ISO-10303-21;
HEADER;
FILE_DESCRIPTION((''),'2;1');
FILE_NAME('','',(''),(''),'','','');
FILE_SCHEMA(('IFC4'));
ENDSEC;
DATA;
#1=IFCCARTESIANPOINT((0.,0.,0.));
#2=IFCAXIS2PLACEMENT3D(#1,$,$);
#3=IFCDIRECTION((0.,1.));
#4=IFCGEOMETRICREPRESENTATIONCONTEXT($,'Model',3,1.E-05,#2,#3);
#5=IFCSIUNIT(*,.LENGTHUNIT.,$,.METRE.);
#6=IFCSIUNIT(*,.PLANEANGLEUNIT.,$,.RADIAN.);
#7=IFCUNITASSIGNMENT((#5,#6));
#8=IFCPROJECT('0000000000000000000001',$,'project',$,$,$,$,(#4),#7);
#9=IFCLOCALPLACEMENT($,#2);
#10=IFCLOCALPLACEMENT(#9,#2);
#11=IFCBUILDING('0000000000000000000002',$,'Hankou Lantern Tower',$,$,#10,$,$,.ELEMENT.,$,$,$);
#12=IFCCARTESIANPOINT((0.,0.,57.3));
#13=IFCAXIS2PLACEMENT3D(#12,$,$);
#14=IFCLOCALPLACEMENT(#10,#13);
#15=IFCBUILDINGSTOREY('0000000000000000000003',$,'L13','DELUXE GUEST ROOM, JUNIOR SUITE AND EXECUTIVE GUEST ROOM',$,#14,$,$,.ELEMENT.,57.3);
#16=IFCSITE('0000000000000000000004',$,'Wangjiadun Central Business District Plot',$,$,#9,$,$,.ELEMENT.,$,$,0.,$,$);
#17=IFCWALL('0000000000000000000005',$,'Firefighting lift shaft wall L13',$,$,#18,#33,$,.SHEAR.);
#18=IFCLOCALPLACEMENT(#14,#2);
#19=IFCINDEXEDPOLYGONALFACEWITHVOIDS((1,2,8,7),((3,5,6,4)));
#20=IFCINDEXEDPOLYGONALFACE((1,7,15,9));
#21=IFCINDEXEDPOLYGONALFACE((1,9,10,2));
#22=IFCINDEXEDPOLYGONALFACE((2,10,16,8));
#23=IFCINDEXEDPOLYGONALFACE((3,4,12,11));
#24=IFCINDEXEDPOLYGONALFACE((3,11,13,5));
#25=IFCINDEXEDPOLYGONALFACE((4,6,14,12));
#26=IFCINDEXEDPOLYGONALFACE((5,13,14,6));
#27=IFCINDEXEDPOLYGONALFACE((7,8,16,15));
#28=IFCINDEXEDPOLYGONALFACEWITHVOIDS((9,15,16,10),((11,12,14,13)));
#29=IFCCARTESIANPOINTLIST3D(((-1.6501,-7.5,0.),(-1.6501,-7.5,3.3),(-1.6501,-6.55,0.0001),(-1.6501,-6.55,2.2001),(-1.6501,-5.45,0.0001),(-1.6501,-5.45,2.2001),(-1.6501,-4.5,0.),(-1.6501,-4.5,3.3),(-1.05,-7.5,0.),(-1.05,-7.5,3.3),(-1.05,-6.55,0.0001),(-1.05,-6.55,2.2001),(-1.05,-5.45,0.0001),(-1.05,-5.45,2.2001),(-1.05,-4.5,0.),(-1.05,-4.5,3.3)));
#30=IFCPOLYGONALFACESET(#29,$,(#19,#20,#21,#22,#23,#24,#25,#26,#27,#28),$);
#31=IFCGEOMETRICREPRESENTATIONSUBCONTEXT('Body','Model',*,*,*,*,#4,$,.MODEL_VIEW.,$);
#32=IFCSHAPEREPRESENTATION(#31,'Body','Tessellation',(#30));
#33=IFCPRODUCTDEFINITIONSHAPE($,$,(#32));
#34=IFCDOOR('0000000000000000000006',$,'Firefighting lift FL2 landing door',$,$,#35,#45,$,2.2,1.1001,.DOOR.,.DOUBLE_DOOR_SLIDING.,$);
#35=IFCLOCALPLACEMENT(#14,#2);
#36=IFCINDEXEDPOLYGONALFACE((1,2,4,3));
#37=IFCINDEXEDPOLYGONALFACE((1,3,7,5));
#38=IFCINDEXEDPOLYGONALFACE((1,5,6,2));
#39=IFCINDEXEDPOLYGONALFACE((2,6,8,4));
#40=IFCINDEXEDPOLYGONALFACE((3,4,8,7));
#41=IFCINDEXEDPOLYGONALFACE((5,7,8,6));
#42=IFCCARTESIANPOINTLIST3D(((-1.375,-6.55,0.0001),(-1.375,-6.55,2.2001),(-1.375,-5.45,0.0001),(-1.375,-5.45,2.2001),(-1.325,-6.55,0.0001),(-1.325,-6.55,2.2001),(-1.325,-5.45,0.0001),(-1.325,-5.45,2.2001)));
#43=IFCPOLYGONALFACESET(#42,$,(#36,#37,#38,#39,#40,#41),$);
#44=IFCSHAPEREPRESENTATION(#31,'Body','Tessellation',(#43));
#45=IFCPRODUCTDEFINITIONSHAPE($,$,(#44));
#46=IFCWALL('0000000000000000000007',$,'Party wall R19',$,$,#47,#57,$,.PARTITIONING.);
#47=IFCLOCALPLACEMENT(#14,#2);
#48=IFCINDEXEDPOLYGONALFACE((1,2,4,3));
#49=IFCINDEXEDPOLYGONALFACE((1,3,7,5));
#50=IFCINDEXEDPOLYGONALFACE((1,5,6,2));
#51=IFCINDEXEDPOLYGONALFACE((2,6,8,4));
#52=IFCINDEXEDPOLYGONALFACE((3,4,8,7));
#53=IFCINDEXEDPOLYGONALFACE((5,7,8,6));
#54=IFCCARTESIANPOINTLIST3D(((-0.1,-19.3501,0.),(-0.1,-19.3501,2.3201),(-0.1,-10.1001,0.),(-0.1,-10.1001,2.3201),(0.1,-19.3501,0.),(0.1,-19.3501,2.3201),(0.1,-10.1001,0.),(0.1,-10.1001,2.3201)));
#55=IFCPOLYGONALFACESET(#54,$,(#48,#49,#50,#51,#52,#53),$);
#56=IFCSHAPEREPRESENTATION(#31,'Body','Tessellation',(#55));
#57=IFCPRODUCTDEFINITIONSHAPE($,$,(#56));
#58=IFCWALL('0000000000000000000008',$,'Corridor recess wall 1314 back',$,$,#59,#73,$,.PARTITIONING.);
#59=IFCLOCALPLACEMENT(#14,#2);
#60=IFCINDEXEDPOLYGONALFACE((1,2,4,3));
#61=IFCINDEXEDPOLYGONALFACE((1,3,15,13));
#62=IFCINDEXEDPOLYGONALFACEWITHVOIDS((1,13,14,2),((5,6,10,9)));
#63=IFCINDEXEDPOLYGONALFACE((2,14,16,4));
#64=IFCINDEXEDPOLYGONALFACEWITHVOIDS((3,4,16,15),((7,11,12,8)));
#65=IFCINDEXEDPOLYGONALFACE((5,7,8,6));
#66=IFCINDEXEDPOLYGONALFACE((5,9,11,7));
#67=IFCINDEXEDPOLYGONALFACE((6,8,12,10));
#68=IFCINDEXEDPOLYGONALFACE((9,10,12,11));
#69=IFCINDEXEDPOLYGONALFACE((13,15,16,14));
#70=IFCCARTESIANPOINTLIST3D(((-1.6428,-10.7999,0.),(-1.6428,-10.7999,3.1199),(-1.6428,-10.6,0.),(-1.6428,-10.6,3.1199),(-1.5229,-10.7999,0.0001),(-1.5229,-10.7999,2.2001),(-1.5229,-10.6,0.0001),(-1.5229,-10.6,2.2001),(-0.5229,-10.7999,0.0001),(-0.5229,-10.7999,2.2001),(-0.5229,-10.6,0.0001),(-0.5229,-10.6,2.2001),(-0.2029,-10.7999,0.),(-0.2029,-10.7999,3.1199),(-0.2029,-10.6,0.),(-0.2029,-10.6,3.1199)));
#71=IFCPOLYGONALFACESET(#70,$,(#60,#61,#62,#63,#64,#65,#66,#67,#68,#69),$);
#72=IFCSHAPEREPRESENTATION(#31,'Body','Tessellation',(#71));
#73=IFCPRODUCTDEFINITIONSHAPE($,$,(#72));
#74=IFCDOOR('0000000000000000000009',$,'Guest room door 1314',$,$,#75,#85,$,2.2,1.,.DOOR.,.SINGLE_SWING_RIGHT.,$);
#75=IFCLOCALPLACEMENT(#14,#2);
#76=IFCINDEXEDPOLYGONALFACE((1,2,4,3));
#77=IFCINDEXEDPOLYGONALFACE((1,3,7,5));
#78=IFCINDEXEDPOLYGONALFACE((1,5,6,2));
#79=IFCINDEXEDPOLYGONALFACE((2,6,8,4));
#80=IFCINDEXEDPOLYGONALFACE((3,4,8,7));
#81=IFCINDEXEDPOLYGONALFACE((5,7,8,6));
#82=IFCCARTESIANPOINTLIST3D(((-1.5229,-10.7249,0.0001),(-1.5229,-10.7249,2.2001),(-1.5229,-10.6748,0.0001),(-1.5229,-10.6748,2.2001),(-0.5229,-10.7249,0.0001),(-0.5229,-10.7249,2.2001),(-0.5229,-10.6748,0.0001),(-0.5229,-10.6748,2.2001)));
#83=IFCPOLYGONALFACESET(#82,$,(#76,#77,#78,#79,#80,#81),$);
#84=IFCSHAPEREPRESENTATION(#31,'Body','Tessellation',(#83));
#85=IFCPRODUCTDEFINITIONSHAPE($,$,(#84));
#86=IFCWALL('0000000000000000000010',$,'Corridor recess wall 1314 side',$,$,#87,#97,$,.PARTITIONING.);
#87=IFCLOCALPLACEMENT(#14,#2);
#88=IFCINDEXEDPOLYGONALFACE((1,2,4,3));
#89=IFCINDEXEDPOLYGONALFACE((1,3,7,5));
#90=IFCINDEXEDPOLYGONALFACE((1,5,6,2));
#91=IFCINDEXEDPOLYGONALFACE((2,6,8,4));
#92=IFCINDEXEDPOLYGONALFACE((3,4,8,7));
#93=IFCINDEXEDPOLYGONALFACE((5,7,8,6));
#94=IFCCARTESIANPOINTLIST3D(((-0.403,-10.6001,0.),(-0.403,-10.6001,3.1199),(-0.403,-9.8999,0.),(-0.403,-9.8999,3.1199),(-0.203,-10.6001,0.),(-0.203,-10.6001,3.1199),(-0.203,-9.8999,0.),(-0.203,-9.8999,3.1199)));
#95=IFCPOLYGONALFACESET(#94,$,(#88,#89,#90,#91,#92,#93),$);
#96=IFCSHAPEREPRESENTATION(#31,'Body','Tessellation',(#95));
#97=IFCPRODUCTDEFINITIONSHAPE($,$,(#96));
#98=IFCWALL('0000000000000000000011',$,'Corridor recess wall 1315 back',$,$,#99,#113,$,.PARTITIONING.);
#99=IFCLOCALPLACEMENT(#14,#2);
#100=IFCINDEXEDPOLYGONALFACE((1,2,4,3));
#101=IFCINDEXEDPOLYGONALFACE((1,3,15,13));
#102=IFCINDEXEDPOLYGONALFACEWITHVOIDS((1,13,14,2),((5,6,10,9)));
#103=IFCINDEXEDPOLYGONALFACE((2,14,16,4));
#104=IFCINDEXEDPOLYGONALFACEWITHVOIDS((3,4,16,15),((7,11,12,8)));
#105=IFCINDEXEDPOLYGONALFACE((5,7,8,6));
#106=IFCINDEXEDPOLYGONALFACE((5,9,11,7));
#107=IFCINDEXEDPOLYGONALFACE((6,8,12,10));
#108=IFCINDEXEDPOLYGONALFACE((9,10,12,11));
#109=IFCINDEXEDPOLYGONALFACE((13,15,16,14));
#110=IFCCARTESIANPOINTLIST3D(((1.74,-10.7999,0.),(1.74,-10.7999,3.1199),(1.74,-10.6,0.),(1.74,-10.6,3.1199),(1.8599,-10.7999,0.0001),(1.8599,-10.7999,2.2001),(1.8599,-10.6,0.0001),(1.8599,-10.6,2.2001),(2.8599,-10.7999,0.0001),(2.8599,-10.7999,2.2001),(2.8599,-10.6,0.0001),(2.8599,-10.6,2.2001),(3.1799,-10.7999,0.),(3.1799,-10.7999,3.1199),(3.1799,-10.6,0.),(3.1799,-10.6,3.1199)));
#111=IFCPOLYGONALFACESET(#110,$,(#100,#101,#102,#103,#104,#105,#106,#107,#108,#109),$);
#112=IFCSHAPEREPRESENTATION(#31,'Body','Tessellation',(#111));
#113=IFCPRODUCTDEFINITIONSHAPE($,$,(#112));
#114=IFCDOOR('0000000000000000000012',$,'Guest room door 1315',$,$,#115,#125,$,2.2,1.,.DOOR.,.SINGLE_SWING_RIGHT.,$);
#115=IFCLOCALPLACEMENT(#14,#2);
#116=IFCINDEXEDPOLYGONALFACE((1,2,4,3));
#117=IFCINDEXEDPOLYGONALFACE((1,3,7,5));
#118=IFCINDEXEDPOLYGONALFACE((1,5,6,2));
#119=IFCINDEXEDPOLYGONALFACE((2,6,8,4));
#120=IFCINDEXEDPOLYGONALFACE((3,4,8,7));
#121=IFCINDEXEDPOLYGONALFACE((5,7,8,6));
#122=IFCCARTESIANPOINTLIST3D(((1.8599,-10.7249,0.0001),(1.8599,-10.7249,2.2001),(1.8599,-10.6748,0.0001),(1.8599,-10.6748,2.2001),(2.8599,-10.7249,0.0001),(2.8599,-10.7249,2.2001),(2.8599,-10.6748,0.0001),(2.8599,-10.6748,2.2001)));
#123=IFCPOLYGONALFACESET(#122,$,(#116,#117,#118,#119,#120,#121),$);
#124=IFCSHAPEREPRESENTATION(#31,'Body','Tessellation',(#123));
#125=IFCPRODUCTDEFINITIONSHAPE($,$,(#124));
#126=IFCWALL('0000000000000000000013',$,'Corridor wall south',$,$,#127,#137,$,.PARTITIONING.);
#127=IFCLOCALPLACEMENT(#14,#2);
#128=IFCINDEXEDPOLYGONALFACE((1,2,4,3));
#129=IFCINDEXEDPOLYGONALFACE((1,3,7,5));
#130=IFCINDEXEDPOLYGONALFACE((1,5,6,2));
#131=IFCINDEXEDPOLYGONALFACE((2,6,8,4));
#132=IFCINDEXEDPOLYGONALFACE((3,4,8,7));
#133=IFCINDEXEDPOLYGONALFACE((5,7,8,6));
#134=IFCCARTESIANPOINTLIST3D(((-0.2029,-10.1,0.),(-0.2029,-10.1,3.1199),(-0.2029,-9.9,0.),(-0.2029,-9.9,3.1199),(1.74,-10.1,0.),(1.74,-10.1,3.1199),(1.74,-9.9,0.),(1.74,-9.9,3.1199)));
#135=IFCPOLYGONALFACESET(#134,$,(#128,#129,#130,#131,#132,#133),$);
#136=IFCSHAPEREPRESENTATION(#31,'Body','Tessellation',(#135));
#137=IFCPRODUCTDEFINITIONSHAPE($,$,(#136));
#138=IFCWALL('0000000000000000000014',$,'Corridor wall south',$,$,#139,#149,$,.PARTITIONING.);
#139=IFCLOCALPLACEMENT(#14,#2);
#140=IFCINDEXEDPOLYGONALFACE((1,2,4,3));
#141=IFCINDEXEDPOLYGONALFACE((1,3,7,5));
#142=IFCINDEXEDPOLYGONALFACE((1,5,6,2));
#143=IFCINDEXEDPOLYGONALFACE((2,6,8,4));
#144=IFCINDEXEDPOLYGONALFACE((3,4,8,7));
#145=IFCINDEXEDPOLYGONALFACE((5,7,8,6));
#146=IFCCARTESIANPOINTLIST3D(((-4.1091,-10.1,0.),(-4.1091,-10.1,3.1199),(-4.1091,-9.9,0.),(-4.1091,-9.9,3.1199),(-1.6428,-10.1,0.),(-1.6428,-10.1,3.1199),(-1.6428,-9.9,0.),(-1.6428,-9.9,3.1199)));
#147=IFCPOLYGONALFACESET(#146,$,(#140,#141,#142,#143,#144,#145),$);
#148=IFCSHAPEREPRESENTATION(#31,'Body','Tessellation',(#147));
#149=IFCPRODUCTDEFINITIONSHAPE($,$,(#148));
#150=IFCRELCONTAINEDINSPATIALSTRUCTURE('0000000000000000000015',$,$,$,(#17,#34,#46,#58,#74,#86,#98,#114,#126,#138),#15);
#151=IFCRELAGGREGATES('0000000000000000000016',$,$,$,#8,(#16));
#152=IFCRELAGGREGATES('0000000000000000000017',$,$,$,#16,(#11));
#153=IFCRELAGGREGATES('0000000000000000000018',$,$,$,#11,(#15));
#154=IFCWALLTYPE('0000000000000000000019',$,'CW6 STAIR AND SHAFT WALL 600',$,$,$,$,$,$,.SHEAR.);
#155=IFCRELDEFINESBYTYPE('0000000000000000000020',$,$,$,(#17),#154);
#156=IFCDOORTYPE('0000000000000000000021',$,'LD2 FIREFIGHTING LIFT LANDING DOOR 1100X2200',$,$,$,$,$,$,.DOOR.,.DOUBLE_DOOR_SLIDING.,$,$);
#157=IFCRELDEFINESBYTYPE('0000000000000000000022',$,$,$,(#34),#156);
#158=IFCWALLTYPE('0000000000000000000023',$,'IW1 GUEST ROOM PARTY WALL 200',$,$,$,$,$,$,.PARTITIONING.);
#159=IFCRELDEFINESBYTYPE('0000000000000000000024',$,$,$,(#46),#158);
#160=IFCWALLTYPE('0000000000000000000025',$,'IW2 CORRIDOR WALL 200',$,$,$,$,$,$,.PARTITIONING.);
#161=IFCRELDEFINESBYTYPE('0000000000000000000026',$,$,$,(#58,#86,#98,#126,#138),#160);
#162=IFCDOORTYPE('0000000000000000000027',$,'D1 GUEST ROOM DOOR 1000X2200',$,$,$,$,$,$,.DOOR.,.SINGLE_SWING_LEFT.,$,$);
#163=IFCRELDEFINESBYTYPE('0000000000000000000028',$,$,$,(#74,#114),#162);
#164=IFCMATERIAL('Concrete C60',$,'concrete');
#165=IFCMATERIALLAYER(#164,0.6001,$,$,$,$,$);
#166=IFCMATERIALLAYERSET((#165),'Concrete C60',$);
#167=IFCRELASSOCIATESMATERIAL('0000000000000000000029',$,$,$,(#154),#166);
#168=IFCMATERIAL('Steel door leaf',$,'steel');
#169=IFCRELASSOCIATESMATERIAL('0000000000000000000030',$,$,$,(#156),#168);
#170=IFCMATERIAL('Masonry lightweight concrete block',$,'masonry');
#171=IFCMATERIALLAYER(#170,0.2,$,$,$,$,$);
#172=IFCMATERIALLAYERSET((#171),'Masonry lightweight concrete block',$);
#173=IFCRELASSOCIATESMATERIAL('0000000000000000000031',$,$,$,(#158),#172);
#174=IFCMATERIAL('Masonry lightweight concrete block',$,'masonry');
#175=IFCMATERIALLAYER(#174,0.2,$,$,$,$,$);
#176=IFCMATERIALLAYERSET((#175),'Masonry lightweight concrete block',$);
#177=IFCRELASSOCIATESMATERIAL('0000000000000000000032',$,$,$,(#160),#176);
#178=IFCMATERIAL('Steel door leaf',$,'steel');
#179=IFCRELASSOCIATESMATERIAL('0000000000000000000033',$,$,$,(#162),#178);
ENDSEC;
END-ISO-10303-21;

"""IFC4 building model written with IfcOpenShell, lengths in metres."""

from ifc_helpers import new_model, si_unit, direction, frame, frame_2d, origin, place, context, subcontext, project, spatial, rectangle, extrude, material, layer, layer_set, type_object, element, fill, save


model = new_model("IFC4")

# Units and contexts
model_context = context("Model", 3, precision=1e-05, world=origin(), true_north=direction((0.0, 1.0)))
body_context = subcontext(model_context, "Body", "Model", "MODEL_VIEW")
ifc_project = project(units=[si_unit("LENGTHUNIT", "METRE"), si_unit("PLANEANGLEUNIT", "RADIAN")], contexts=[model_context])

# Site, building, storey
site_placement = place(None, origin())
site = spatial("IfcSite", under=ifc_project, at=site_placement, Name="Wangjiadun Central Business District Plot", CompositionType="ELEMENT", RefElevation=0.0)
building_placement = place(site_placement, origin())
building = spatial("IfcBuilding", under=site, at=building_placement, Name="Hankou Lantern Tower", CompositionType="ELEMENT")
storey_placement = place(building_placement, frame((0.0, 0.0, 57.3)))
storey = spatial("IfcBuildingStorey", under=building, at=storey_placement, Name="L13", Description="DELUXE GUEST ROOM, JUNIOR SUITE AND EXECUTIVE GUEST ROOM", CompositionType="ELEMENT", Elevation=57.3)

# Wall, opening, door
ifc_material_1 = material(Name="Concrete C60", Category="concrete")
ifc_layer_1 = layer(ifc_material_1, 0.6001)
ifc_layer_set_1 = layer_set([ifc_layer_1], Name="Concrete C60")
wall_type_1 = type_object("IfcWallType", Name="CW6 STAIR AND SHAFT WALL 600", PredefinedType="SHEAR", material=ifc_layer_set_1)
wall_1_placement = place(storey_placement, frame((-1.3501, -7.5, 0.0), z_axis=(0.0, 0.0, 1.0), x_axis=(0.0, 1.0, 0.0)))
wall_1 = element("IfcWall", 1, at=wall_1_placement, inside=storey, type_object=wall_type_1, Name="Firefighting lift shaft wall L13", PredefinedType="SHEAR", context=body_context, shape_type="SweptSolid", body=[
    extrude(rectangle(XDim=3.0, YDim=0.6001, at=frame_2d((1.5, 0.0))), origin(), (0.0, 0.0, 1.0), 3.3),
])
opening_1_placement = place(wall_1_placement, frame((0.95, 0.0, 0.0)))
opening_1 = element("IfcOpeningElement", 2, at=opening_1_placement, cuts=wall_1, PredefinedType="OPENING", context=body_context, shape_type="SweptSolid", body=[
    extrude(rectangle(XDim=1.1001, YDim=2.2, at=frame_2d((0.55, 1.1001))), frame((0.0, 0.3101, 0.0), z_axis=(0.0, -1.0, 0.0), x_axis=(1.0, 0.0, 0.0)), (0.0, 0.0, 1.0), 0.6201),
])
ifc_material_2 = material(Name="Steel door leaf", Category="steel")
door_type_1 = type_object("IfcDoorType", Name="LD2 FIREFIGHTING LIFT LANDING DOOR 1100X2200", OperationType="DOUBLE_DOOR_SLIDING", PredefinedType="DOOR", material=ifc_material_2)
door_1_placement = place(opening_1_placement, origin())
door_1 = element("IfcDoor", 3, at=door_1_placement, inside=storey, type_object=door_type_1, Name="Firefighting lift FL2 landing door", OperationType="DOUBLE_DOOR_SLIDING", OverallHeight=2.2, OverallWidth=1.1001, PredefinedType="DOOR", context=body_context, shape_type="SweptSolid", body=[
    extrude(rectangle(XDim=1.1001, YDim=2.2, at=frame_2d((0.55, 1.1001))), frame((0.0, 0.0249, 0.0), z_axis=(0.0, -1.0, 0.0), x_axis=(1.0, 0.0, 0.0)), (0.0, 0.0, 1.0), 0.05),
])
fill(opening_1, door_1)

# Wall
ifc_material_3 = material(Name="Masonry lightweight concrete block", Category="masonry")
ifc_layer_2 = layer(ifc_material_3, 0.2)
ifc_layer_set_2 = layer_set([ifc_layer_2], Name="Masonry lightweight concrete block")
wall_type_2 = type_object("IfcWallType", Name="IW1 GUEST ROOM PARTY WALL 200", PredefinedType="PARTITIONING", material=ifc_layer_set_2)
wall_2_placement = place(storey_placement, frame((0.0, -10.1001, 0.0), z_axis=(0.0, 0.0, 1.0), x_axis=(0.0, -1.0, 0.0)))
element("IfcWall", 4, at=wall_2_placement, inside=storey, type_object=wall_type_2, Name="Party wall R19", PredefinedType="PARTITIONING", context=body_context, shape_type="SweptSolid", body=[
    extrude(rectangle(XDim=9.25, YDim=0.2, at=frame_2d((4.625, 0.0))), origin(), (0.0, 0.0, 1.0), 2.3201),
])

# Wall, opening, door
ifc_material_4 = material(Name="Masonry lightweight concrete block", Category="masonry")
ifc_layer_3 = layer(ifc_material_4, 0.2)
ifc_layer_set_3 = layer_set([ifc_layer_3], Name="Masonry lightweight concrete block")
wall_type_3 = type_object("IfcWallType", Name="IW2 CORRIDOR WALL 200", PredefinedType="PARTITIONING", material=ifc_layer_set_3)
wall_3_placement = place(storey_placement, frame((-0.2029, -10.7, 0.0), z_axis=(0.0, 0.0, 1.0), x_axis=(-1.0, 0.0, 0.0)))
wall_3 = element("IfcWall", 5, at=wall_3_placement, inside=storey, type_object=wall_type_3, Name="Corridor recess wall 1314 back", PredefinedType="PARTITIONING", context=body_context, shape_type="SweptSolid", body=[
    extrude(rectangle(XDim=1.4399, YDim=0.2, at=frame_2d((0.72, 0.0))), origin(), (0.0, 0.0, 1.0), 3.1199),
])
opening_2_placement = place(wall_3_placement, frame((0.3201, 0.0, 0.0)))
opening_2 = element("IfcOpeningElement", 6, at=opening_2_placement, cuts=wall_3, PredefinedType="OPENING", context=body_context, shape_type="SweptSolid", body=[
    extrude(rectangle(XDim=1.0, YDim=2.2, at=frame_2d((0.5, 1.1001))), frame((0.0, 0.1099, 0.0), z_axis=(0.0, -1.0, 0.0), x_axis=(1.0, 0.0, 0.0)), (0.0, 0.0, 1.0), 0.22),
])
ifc_material_5 = material(Name="Steel door leaf", Category="steel")
door_type_2 = type_object("IfcDoorType", Name="D1 GUEST ROOM DOOR 1000X2200", OperationType="SINGLE_SWING_LEFT", PredefinedType="DOOR", material=ifc_material_5)
door_2_placement = place(opening_2_placement, origin())
door_2 = element("IfcDoor", 7, at=door_2_placement, inside=storey, type_object=door_type_2, Name="Guest room door 1314", OperationType="SINGLE_SWING_RIGHT", OverallHeight=2.2, OverallWidth=1.0, PredefinedType="DOOR", context=body_context, shape_type="SweptSolid", body=[
    extrude(rectangle(XDim=1.0, YDim=2.2, at=frame_2d((0.5, 1.1001))), frame((0.0, 0.0249, 0.0), z_axis=(0.0, -1.0, 0.0), x_axis=(1.0, 0.0, 0.0)), (0.0, 0.0, 1.0), 0.05),
])
fill(opening_2, door_2)

# Wall
wall_4_placement = place(storey_placement, frame((-0.303, -9.8999, 0.0), z_axis=(0.0, 0.0, 1.0), x_axis=(0.0, -1.0, 0.0)))
element("IfcWall", 8, at=wall_4_placement, inside=storey, type_object=wall_type_3, Name="Corridor recess wall 1314 side", PredefinedType="PARTITIONING", context=body_context, shape_type="SweptSolid", body=[
    extrude(rectangle(XDim=0.7002, YDim=0.2, at=frame_2d((0.3501, 0.0))), origin(), (0.0, 0.0, 1.0), 3.1199),
])

# Wall, opening, door
wall_5_placement = place(storey_placement, frame((3.1799, -10.7, 0.0), z_axis=(0.0, 0.0, 1.0), x_axis=(-1.0, 0.0, 0.0)))
wall_5 = element("IfcWall", 9, at=wall_5_placement, inside=storey, type_object=wall_type_3, Name="Corridor recess wall 1315 back", PredefinedType="PARTITIONING", context=body_context, shape_type="SweptSolid", body=[
    extrude(rectangle(XDim=1.4399, YDim=0.2, at=frame_2d((0.72, 0.0))), origin(), (0.0, 0.0, 1.0), 3.1199),
])
opening_3_placement = place(wall_5_placement, frame((0.3201, 0.0, 0.0)))
opening_3 = element("IfcOpeningElement", 10, at=opening_3_placement, cuts=wall_5, PredefinedType="OPENING", context=body_context, shape_type="SweptSolid", body=[
    extrude(rectangle(XDim=1.0, YDim=2.2, at=frame_2d((0.5, 1.1001))), frame((0.0, 0.1099, 0.0), z_axis=(0.0, -1.0, 0.0), x_axis=(1.0, 0.0, 0.0)), (0.0, 0.0, 1.0), 0.22),
])
door_3_placement = place(opening_3_placement, origin())
door_3 = element("IfcDoor", 11, at=door_3_placement, inside=storey, type_object=door_type_2, Name="Guest room door 1315", OperationType="SINGLE_SWING_RIGHT", OverallHeight=2.2, OverallWidth=1.0, PredefinedType="DOOR", context=body_context, shape_type="SweptSolid", body=[
    extrude(rectangle(XDim=1.0, YDim=2.2, at=frame_2d((0.5, 1.1001))), frame((0.0, 0.0249, 0.0), z_axis=(0.0, -1.0, 0.0), x_axis=(1.0, 0.0, 0.0)), (0.0, 0.0, 1.0), 0.05),
])
fill(opening_3, door_3)

# Walls
wall_6_placement = place(storey_placement, frame((1.74, -10.0, 0.0), z_axis=(0.0, 0.0, 1.0), x_axis=(-1.0, 0.0, 0.0)))
element("IfcWall", 12, at=wall_6_placement, inside=storey, type_object=wall_type_3, Name="Corridor wall south", PredefinedType="PARTITIONING", context=body_context, shape_type="SweptSolid", body=[
    extrude(rectangle(XDim=1.9429, YDim=0.2, at=frame_2d((0.9714, 0.0))), origin(), (0.0, 0.0, 1.0), 3.1199),
])
wall_7_placement = place(storey_placement, frame((-1.6428, -10.0, 0.0), z_axis=(0.0, 0.0, 1.0), x_axis=(-1.0, 0.0, 0.0)))
element("IfcWall", 13, at=wall_7_placement, inside=storey, type_object=wall_type_3, Name="Corridor wall south", PredefinedType="PARTITIONING", context=body_context, shape_type="SweptSolid", body=[
    extrude(rectangle(XDim=2.4663, YDim=0.2, at=frame_2d((1.2332, 0.0))), origin(), (0.0, 0.0, 1.0), 3.1199),
])

save(model, "model.ifc")
